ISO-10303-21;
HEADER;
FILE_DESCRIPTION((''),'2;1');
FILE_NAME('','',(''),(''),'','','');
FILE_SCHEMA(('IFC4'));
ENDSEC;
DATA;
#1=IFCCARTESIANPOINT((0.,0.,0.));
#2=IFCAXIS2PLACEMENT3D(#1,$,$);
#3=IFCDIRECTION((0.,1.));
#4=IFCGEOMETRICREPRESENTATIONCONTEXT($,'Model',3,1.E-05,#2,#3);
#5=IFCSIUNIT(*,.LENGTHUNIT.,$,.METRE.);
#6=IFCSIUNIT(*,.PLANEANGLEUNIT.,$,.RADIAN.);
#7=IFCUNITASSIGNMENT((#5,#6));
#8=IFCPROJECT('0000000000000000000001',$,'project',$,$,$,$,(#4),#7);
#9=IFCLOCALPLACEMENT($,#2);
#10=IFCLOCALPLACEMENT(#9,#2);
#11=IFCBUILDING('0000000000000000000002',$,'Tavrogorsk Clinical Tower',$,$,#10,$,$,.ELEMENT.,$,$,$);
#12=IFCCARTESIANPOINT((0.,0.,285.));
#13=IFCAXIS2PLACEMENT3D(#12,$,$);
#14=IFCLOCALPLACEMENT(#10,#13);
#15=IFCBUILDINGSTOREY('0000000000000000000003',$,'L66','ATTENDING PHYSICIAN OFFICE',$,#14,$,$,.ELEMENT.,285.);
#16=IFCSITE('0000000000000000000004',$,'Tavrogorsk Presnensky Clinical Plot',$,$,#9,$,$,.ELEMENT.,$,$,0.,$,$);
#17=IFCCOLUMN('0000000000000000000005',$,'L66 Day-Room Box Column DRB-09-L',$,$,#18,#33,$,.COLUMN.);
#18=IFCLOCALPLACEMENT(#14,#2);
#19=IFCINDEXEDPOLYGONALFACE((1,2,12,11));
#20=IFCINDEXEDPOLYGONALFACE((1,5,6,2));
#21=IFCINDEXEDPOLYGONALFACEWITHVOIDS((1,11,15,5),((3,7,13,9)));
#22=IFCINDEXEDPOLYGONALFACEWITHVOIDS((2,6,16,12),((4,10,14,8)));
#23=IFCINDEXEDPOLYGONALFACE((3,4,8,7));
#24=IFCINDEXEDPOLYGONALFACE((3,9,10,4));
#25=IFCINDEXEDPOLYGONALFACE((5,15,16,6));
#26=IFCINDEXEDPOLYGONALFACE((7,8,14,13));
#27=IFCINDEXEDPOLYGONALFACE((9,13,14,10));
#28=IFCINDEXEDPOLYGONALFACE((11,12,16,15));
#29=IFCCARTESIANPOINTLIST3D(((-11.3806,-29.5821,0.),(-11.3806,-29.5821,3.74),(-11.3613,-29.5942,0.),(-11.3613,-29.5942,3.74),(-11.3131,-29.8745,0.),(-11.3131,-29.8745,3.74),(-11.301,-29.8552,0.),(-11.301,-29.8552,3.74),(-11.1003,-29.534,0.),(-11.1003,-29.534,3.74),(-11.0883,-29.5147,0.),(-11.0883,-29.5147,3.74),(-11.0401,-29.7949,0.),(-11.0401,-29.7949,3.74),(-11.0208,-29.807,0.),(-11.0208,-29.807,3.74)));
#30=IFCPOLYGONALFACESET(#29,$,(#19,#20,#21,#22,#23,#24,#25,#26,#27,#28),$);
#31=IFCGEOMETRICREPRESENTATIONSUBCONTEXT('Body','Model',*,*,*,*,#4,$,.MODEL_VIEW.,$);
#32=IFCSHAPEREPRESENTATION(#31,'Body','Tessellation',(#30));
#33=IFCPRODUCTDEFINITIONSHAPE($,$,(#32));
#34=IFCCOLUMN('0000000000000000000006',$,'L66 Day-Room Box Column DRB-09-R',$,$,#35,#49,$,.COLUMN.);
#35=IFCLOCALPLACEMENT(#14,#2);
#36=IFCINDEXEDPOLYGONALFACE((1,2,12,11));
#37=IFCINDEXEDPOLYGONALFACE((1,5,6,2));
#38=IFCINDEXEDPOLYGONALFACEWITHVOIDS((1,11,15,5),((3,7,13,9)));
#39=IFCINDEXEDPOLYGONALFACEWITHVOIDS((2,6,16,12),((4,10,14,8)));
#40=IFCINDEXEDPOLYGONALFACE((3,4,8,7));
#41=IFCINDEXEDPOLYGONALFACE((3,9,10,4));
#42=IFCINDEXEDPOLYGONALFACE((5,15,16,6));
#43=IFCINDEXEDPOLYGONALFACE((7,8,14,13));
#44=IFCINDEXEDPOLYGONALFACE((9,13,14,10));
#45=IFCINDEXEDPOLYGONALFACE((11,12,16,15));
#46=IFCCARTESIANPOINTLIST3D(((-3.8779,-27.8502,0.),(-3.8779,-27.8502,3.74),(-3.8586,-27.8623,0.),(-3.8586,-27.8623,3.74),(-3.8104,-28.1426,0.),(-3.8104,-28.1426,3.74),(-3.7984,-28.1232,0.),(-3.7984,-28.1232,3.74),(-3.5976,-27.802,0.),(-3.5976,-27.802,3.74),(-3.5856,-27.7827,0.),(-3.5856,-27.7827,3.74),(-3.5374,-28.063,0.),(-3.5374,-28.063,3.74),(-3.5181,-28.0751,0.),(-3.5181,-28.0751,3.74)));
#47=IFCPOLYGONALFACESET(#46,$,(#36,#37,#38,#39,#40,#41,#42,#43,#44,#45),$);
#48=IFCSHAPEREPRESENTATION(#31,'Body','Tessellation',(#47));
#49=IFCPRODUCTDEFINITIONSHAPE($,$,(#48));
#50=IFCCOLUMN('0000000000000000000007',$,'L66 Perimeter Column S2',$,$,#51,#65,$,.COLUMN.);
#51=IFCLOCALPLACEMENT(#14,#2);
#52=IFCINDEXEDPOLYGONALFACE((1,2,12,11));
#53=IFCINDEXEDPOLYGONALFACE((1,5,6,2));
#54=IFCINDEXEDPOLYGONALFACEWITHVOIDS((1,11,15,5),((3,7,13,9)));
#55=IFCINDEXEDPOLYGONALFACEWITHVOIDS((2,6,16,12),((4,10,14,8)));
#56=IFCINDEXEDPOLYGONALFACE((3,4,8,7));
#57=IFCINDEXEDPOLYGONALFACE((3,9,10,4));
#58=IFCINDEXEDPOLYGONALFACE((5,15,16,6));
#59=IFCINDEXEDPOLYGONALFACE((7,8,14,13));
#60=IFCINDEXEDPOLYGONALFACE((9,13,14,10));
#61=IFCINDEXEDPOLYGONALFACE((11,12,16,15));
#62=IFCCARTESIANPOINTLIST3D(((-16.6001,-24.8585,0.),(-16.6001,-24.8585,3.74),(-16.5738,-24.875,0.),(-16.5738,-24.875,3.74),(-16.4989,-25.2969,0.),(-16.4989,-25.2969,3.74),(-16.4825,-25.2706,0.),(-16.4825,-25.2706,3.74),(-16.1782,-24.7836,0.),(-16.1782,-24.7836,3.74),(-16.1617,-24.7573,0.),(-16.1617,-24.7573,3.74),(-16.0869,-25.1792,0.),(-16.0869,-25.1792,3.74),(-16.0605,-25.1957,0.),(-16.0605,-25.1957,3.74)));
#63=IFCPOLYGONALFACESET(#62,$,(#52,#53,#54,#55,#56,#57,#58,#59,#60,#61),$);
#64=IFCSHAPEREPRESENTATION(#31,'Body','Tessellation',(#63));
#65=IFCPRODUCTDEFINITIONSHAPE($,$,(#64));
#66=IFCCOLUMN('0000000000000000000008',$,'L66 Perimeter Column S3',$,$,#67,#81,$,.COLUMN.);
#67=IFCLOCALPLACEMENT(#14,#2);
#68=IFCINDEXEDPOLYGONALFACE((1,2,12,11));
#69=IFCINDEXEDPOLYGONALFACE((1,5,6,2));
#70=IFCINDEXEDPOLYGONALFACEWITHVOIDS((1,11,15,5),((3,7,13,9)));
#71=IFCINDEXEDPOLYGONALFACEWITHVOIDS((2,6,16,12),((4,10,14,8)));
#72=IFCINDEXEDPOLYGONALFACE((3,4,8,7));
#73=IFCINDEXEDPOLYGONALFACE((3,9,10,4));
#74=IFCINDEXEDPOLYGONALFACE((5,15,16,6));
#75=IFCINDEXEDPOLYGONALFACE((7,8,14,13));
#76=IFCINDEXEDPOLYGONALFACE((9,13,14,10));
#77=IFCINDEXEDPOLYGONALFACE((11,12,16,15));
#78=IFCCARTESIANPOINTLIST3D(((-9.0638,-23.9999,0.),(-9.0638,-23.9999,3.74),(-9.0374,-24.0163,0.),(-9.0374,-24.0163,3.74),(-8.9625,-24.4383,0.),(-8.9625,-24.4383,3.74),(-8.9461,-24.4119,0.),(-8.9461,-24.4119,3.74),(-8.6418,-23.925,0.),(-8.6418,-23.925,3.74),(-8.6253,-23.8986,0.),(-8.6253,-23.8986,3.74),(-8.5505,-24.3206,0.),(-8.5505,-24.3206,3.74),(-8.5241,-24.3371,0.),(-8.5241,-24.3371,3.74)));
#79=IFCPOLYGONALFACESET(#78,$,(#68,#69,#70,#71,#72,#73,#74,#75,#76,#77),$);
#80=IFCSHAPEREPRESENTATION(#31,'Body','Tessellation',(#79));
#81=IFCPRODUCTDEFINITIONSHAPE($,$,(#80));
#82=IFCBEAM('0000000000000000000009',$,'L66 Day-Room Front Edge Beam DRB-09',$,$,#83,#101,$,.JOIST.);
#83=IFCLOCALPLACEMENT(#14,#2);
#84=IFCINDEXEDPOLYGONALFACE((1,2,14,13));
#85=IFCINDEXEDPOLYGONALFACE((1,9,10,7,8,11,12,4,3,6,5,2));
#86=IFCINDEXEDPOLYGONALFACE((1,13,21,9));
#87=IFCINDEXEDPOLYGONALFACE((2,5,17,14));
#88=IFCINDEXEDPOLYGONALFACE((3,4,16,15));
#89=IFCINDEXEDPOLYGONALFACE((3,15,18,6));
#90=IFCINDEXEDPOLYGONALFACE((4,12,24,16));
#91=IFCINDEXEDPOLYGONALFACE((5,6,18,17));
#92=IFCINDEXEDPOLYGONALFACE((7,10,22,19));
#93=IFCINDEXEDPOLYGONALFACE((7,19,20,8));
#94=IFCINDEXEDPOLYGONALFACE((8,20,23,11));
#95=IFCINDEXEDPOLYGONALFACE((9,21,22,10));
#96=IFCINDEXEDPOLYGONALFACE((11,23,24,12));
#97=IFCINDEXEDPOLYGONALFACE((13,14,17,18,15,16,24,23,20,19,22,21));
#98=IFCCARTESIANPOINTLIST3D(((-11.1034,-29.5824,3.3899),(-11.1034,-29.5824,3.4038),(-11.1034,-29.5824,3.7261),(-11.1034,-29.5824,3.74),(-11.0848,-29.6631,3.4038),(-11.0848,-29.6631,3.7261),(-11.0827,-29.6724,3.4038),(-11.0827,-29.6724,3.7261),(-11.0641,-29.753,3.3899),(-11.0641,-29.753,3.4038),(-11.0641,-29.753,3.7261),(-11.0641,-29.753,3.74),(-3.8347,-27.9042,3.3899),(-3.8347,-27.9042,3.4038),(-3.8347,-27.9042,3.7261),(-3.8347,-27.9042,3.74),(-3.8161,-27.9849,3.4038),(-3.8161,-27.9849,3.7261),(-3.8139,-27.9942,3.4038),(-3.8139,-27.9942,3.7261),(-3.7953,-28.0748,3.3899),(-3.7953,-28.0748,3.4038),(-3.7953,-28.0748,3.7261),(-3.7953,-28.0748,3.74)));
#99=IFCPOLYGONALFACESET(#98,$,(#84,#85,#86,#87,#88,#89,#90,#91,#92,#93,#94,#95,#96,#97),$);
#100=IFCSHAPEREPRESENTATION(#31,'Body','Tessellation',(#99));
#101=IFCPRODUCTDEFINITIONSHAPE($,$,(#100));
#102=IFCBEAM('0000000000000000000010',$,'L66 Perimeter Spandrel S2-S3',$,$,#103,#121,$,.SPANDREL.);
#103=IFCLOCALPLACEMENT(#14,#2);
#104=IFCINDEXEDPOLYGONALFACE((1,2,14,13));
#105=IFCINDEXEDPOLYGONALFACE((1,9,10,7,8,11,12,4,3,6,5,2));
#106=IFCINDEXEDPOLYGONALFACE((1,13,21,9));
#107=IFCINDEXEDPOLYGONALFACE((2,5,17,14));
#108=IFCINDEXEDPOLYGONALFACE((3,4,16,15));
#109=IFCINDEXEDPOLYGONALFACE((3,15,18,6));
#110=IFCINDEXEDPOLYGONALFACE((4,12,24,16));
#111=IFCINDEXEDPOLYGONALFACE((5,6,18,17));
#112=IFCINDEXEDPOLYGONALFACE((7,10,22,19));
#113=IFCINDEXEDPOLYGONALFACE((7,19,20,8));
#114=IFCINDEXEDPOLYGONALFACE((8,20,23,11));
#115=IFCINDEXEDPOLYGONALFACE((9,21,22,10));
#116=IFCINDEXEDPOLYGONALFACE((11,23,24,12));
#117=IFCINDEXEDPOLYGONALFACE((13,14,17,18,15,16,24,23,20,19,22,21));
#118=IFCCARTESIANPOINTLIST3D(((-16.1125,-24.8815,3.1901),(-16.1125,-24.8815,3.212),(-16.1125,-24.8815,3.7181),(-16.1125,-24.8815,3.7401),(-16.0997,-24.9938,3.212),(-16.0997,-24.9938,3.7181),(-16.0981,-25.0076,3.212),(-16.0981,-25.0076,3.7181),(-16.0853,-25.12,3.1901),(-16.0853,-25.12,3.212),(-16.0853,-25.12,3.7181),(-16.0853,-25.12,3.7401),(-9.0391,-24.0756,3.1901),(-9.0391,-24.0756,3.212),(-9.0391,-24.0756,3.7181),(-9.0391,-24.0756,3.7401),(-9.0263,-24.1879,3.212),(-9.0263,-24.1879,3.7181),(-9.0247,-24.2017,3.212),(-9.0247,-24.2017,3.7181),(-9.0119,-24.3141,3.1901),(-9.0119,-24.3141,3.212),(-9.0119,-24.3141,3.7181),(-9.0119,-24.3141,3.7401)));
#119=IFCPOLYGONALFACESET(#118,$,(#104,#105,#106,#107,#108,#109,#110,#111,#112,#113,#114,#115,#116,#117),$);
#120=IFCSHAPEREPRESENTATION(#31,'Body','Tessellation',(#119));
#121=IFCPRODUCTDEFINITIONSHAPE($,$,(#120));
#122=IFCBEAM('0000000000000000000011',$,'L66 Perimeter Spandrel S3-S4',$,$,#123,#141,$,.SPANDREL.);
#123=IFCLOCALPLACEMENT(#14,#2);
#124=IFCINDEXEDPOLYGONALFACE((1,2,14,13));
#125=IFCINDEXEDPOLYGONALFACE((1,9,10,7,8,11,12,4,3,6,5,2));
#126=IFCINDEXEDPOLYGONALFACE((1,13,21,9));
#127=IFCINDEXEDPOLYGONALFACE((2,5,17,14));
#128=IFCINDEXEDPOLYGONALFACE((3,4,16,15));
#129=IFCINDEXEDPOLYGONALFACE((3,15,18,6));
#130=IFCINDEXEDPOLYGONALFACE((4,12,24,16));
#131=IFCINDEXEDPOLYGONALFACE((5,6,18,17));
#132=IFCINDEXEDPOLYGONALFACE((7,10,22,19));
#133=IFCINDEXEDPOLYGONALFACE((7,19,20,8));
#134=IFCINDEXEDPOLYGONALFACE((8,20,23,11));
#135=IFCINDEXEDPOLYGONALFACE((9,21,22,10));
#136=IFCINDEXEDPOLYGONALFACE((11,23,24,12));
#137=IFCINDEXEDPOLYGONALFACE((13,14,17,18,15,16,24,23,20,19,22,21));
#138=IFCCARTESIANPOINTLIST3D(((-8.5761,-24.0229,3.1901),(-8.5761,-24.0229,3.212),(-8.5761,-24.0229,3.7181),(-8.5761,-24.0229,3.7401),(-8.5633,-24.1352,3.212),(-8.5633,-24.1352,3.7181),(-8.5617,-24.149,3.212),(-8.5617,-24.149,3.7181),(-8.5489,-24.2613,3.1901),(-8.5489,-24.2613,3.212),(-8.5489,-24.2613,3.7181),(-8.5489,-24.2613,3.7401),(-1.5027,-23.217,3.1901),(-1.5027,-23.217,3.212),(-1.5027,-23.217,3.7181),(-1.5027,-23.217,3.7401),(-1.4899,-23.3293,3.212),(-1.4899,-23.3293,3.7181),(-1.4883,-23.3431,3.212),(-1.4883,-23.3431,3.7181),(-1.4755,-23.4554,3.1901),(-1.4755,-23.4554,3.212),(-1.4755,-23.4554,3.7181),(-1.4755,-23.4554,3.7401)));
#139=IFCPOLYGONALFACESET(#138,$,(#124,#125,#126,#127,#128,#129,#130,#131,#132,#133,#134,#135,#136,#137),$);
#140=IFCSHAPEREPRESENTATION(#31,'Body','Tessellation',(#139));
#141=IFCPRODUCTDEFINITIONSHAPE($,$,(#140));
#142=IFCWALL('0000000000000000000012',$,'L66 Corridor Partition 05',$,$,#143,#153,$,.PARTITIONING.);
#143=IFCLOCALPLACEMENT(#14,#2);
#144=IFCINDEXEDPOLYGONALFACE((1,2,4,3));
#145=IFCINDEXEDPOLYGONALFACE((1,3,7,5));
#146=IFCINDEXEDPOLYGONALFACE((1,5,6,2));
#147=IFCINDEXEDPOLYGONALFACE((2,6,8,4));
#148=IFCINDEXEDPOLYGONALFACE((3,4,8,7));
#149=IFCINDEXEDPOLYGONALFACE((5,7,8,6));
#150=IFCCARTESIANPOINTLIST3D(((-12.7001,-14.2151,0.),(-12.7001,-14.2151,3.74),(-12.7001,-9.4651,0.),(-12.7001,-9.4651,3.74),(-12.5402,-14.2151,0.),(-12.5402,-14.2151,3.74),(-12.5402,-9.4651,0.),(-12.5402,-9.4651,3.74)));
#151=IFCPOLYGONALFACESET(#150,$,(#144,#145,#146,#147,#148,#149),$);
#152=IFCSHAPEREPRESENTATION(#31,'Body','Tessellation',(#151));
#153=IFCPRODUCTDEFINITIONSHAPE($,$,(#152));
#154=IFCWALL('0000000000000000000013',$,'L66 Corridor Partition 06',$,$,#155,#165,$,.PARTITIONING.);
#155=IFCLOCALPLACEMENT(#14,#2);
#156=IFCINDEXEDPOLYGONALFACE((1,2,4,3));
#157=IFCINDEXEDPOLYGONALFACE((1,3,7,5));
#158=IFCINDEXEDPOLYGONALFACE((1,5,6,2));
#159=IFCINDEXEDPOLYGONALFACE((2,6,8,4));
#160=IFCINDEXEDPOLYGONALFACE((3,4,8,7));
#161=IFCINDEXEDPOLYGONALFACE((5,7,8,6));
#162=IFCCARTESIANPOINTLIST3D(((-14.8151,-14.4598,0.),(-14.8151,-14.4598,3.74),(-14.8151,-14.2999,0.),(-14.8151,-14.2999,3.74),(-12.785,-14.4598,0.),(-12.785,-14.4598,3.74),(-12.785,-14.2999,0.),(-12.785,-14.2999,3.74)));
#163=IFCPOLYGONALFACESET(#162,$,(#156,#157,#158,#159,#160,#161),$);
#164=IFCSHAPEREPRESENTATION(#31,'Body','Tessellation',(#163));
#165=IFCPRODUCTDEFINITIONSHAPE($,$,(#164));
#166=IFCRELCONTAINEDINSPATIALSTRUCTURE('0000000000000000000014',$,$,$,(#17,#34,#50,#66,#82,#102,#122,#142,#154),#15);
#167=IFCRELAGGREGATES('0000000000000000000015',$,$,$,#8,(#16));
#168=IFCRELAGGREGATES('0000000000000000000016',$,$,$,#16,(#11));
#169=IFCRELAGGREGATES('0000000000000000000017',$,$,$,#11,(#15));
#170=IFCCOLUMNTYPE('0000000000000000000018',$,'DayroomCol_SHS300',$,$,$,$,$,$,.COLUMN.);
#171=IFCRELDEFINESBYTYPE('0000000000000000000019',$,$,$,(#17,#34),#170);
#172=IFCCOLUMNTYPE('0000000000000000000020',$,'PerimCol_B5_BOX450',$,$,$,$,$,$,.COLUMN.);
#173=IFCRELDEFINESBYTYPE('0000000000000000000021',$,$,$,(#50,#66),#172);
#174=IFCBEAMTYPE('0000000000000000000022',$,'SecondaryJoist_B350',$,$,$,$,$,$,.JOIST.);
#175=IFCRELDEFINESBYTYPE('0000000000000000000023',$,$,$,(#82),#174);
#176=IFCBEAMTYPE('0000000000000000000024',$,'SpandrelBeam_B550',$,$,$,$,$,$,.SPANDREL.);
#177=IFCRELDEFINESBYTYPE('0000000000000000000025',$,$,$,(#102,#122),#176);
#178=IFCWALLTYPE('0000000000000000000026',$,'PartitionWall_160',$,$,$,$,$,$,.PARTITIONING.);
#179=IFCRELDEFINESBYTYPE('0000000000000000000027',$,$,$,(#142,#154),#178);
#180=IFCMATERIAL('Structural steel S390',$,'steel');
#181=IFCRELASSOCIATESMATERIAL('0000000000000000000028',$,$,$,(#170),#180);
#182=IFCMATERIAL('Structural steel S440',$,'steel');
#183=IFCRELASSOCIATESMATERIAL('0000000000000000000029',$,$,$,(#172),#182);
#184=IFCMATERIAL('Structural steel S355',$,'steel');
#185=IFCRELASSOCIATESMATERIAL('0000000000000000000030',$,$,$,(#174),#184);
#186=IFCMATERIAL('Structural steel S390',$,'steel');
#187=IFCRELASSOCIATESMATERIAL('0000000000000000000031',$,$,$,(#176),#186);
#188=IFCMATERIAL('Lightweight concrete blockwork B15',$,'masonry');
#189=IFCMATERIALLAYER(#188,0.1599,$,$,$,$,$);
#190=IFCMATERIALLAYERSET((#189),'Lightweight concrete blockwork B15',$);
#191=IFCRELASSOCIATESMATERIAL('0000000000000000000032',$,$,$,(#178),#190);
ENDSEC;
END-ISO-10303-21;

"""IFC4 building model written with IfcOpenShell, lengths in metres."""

from ifc_helpers import new_model, si_unit, direction, frame, frame_2d, origin, origin_2d, place, context, subcontext, project, spatial, rectangle, hollow_rectangle, i_section, extrude, material, layer, layer_set, material_profile, profile_set, type_object, element, save


model = new_model("IFC4")

# Units and contexts
model_context = context("Model", 3, precision=1e-05, world=origin(), true_north=direction((0.0, 1.0)))
body_context = subcontext(model_context, "Body", "Model", "MODEL_VIEW")
ifc_project = project(units=[si_unit("LENGTHUNIT", "METRE"), si_unit("PLANEANGLEUNIT", "RADIAN")], contexts=[model_context])

# Site, building, storey
site_placement = place(None, origin())
site = spatial("IfcSite", under=ifc_project, at=site_placement, Name="Tavrogorsk Presnensky Clinical Plot", CompositionType="ELEMENT", RefElevation=0.0)
building_placement = place(site_placement, origin())
building = spatial("IfcBuilding", under=site, at=building_placement, Name="Tavrogorsk Clinical Tower", CompositionType="ELEMENT")
storey_placement = place(building_placement, frame((0.0, 0.0, 285.0)))
storey = spatial("IfcBuildingStorey", under=building, at=storey_placement, Name="L66", Description="ATTENDING PHYSICIAN OFFICE", CompositionType="ELEMENT", Elevation=285.0)

# Columns
ifc_material_1 = material(Name="Structural steel S390", Category="steel")
ifc_material_profile_1 = material_profile(ifc_material_1, hollow_rectangle(XDim=0.3, YDim=0.3, WallThickness=0.0161, at=origin_2d()), Name="SHS-300x300x16")
ifc_profile_set_1 = profile_set([ifc_material_profile_1], Name="Structural steel S390")
column_type_1 = type_object("IfcColumnType", Name="DayroomCol_SHS300", PredefinedType="COLUMN", material=ifc_profile_set_1)
for number, where, z_axis, x_axis, name in (
    (1, (-11.2007, -29.6946, 0.0), (0.0, 0.0, 1.0), (0.97437, 0.224951, 0.0), "L66 Day-Room Box Column DRB-09-L"),
    (2, (-3.698, -27.9626, 0.0), (0.0, 0.0, 1.0), (0.97437, 0.224951, 0.0), "L66 Day-Room Box Column DRB-09-R"),
):
    element("IfcColumn", number, at=place(storey_placement, frame(where, z_axis=z_axis, x_axis=x_axis)), inside=storey, type_object=column_type_1, Name=name, PredefinedType="COLUMN", context=body_context, shape_type="SweptSolid", body=[
        extrude(hollow_rectangle(XDim=0.3, YDim=0.3, WallThickness=0.0161, at=origin_2d()), origin(), (0.0, 0.0, 1.0), 3.74),
    ])
ifc_material_2 = material(Name="Structural steel S440", Category="steel")
ifc_material_profile_2 = material_profile(ifc_material_2, hollow_rectangle(XDim=0.45, YDim=0.45, WallThickness=0.022, at=origin_2d()), Name="BOX-450x450x22")
ifc_profile_set_2 = profile_set([ifc_material_profile_2], Name="Structural steel S440")
column_type_2 = type_object("IfcColumnType", Name="PerimCol_B5_BOX450", PredefinedType="COLUMN", material=ifc_profile_set_2)
for number, where, z_axis, x_axis, name in (
    (3, (-16.3303, -25.0271, 0.0), (0.0, 0.0, 1.0), (0.97437, 0.224951, 0.0), "L66 Perimeter Column S2"),
    (4, (-8.7939, -24.1685, 0.0), (0.0, 0.0, 1.0), (0.97437, 0.224951, 0.0), "L66 Perimeter Column S3"),
):
    element("IfcColumn", number, at=place(storey_placement, frame(where, z_axis=z_axis, x_axis=x_axis)), inside=storey, type_object=column_type_2, Name=name, PredefinedType="COLUMN", context=body_context, shape_type="SweptSolid", body=[
        extrude(hollow_rectangle(XDim=0.45, YDim=0.45, WallThickness=0.022, at=origin_2d()), origin(), (0.0, 0.0, 1.0), 3.74),
    ])

# Beams
ifc_material_3 = material(Name="Structural steel S355", Category="steel")
ifc_material_profile_3 = material_profile(ifc_material_3, i_section(OverallWidth=0.175, OverallDepth=0.3501, WebThickness=0.0095, FlangeThickness=0.0139, at=origin_2d()), Name="B-350x175x9.5x14")
ifc_profile_set_3 = profile_set([ifc_material_profile_3], Name="Structural steel S355")
beam_type_1 = type_object("IfcBeamType", Name="SecondaryJoist_B350", PredefinedType="JOIST", material=ifc_profile_set_3)
beam_placement = place(storey_placement, frame((-11.0837, -29.6677, 3.5649), z_axis=(0.974367, 0.224962, 0.0), x_axis=(-0.224962, 0.974367, 0.0)))
element("IfcBeam", 5, at=beam_placement, inside=storey, type_object=beam_type_1, Name="L66 Day-Room Front Edge Beam DRB-09", PredefinedType="JOIST", context=body_context, shape_type="SweptSolid", body=[
    extrude(i_section(OverallWidth=0.175, OverallDepth=0.3501, WebThickness=0.0095, FlangeThickness=0.0139, at=origin_2d()), origin(), (0.0, 0.0, 1.0), 7.46),
])
ifc_material_4 = material(Name="Structural steel S390", Category="steel")
ifc_material_profile_4 = material_profile(ifc_material_4, i_section(OverallWidth=0.24, OverallDepth=0.55, WebThickness=0.0139, FlangeThickness=0.022, at=origin_2d()), Name="B-550x240x14x22")
ifc_profile_set_4 = profile_set([ifc_material_profile_4], Name="Structural steel S390")
beam_type_2 = type_object("IfcBeamType", Name="SpandrelBeam_B550", PredefinedType="SPANDREL", material=ifc_profile_set_4)
for number, where, z_axis, x_axis, name in (
    (6, (-16.0989, -25.0007, 3.4651), (0.993572, 0.113201, 0.0), (-0.113201, 0.993572, 0.0), "L66 Perimeter Spandrel S2-S3"),
    (7, (-8.5625, -24.1421, 3.4651), (0.993572, 0.113201, 0.0), (-0.113201, 0.993572, 0.0), "L66 Perimeter Spandrel S3-S4"),
):
    element("IfcBeam", number, at=place(storey_placement, frame(where, z_axis=z_axis, x_axis=x_axis)), inside=storey, type_object=beam_type_2, Name=name, PredefinedType="SPANDREL", context=body_context, shape_type="SweptSolid", body=[
        extrude(i_section(OverallWidth=0.24, OverallDepth=0.55, WebThickness=0.0139, FlangeThickness=0.022, at=origin_2d()), origin(), (0.0, 0.0, 1.0), 7.1191),
    ])

# Walls
ifc_material_5 = material(Name="Lightweight concrete blockwork B15", Category="masonry")
ifc_layer_1 = layer(ifc_material_5, 0.1599)
ifc_layer_set_1 = layer_set([ifc_layer_1], Name="Lightweight concrete blockwork B15")
wall_type_1 = type_object("IfcWallType", Name="PartitionWall_160", PredefinedType="PARTITIONING", material=ifc_layer_set_1)
wall_1_placement = place(storey_placement, frame((-12.6201, -9.4651, 0.0), z_axis=(0.0, 0.0, 1.0), x_axis=(0.0, -1.0, 0.0)))
element("IfcWall", 8, at=wall_1_placement, inside=storey, type_object=wall_type_1, Name="L66 Corridor Partition 05", PredefinedType="PARTITIONING", context=body_context, shape_type="SweptSolid", body=[
    extrude(rectangle(XDim=4.75, YDim=0.1599, at=frame_2d((2.375, 0.0))), origin(), (0.0, 0.0, 1.0), 3.74),
])
wall_2_placement = place(storey_placement, frame((-12.7849, -14.3799, 0.0), z_axis=(0.0, 0.0, 1.0), x_axis=(-1.0, 0.0, 0.0)))
element("IfcWall", 9, at=wall_2_placement, inside=storey, type_object=wall_type_1, Name="L66 Corridor Partition 06", PredefinedType="PARTITIONING", context=body_context, shape_type="SweptSolid", body=[
    extrude(rectangle(XDim=2.03, YDim=0.1599, at=frame_2d((1.0151, 0.0))), origin(), (0.0, 0.0, 1.0), 3.74),
])

save(model, "model.ifc")
